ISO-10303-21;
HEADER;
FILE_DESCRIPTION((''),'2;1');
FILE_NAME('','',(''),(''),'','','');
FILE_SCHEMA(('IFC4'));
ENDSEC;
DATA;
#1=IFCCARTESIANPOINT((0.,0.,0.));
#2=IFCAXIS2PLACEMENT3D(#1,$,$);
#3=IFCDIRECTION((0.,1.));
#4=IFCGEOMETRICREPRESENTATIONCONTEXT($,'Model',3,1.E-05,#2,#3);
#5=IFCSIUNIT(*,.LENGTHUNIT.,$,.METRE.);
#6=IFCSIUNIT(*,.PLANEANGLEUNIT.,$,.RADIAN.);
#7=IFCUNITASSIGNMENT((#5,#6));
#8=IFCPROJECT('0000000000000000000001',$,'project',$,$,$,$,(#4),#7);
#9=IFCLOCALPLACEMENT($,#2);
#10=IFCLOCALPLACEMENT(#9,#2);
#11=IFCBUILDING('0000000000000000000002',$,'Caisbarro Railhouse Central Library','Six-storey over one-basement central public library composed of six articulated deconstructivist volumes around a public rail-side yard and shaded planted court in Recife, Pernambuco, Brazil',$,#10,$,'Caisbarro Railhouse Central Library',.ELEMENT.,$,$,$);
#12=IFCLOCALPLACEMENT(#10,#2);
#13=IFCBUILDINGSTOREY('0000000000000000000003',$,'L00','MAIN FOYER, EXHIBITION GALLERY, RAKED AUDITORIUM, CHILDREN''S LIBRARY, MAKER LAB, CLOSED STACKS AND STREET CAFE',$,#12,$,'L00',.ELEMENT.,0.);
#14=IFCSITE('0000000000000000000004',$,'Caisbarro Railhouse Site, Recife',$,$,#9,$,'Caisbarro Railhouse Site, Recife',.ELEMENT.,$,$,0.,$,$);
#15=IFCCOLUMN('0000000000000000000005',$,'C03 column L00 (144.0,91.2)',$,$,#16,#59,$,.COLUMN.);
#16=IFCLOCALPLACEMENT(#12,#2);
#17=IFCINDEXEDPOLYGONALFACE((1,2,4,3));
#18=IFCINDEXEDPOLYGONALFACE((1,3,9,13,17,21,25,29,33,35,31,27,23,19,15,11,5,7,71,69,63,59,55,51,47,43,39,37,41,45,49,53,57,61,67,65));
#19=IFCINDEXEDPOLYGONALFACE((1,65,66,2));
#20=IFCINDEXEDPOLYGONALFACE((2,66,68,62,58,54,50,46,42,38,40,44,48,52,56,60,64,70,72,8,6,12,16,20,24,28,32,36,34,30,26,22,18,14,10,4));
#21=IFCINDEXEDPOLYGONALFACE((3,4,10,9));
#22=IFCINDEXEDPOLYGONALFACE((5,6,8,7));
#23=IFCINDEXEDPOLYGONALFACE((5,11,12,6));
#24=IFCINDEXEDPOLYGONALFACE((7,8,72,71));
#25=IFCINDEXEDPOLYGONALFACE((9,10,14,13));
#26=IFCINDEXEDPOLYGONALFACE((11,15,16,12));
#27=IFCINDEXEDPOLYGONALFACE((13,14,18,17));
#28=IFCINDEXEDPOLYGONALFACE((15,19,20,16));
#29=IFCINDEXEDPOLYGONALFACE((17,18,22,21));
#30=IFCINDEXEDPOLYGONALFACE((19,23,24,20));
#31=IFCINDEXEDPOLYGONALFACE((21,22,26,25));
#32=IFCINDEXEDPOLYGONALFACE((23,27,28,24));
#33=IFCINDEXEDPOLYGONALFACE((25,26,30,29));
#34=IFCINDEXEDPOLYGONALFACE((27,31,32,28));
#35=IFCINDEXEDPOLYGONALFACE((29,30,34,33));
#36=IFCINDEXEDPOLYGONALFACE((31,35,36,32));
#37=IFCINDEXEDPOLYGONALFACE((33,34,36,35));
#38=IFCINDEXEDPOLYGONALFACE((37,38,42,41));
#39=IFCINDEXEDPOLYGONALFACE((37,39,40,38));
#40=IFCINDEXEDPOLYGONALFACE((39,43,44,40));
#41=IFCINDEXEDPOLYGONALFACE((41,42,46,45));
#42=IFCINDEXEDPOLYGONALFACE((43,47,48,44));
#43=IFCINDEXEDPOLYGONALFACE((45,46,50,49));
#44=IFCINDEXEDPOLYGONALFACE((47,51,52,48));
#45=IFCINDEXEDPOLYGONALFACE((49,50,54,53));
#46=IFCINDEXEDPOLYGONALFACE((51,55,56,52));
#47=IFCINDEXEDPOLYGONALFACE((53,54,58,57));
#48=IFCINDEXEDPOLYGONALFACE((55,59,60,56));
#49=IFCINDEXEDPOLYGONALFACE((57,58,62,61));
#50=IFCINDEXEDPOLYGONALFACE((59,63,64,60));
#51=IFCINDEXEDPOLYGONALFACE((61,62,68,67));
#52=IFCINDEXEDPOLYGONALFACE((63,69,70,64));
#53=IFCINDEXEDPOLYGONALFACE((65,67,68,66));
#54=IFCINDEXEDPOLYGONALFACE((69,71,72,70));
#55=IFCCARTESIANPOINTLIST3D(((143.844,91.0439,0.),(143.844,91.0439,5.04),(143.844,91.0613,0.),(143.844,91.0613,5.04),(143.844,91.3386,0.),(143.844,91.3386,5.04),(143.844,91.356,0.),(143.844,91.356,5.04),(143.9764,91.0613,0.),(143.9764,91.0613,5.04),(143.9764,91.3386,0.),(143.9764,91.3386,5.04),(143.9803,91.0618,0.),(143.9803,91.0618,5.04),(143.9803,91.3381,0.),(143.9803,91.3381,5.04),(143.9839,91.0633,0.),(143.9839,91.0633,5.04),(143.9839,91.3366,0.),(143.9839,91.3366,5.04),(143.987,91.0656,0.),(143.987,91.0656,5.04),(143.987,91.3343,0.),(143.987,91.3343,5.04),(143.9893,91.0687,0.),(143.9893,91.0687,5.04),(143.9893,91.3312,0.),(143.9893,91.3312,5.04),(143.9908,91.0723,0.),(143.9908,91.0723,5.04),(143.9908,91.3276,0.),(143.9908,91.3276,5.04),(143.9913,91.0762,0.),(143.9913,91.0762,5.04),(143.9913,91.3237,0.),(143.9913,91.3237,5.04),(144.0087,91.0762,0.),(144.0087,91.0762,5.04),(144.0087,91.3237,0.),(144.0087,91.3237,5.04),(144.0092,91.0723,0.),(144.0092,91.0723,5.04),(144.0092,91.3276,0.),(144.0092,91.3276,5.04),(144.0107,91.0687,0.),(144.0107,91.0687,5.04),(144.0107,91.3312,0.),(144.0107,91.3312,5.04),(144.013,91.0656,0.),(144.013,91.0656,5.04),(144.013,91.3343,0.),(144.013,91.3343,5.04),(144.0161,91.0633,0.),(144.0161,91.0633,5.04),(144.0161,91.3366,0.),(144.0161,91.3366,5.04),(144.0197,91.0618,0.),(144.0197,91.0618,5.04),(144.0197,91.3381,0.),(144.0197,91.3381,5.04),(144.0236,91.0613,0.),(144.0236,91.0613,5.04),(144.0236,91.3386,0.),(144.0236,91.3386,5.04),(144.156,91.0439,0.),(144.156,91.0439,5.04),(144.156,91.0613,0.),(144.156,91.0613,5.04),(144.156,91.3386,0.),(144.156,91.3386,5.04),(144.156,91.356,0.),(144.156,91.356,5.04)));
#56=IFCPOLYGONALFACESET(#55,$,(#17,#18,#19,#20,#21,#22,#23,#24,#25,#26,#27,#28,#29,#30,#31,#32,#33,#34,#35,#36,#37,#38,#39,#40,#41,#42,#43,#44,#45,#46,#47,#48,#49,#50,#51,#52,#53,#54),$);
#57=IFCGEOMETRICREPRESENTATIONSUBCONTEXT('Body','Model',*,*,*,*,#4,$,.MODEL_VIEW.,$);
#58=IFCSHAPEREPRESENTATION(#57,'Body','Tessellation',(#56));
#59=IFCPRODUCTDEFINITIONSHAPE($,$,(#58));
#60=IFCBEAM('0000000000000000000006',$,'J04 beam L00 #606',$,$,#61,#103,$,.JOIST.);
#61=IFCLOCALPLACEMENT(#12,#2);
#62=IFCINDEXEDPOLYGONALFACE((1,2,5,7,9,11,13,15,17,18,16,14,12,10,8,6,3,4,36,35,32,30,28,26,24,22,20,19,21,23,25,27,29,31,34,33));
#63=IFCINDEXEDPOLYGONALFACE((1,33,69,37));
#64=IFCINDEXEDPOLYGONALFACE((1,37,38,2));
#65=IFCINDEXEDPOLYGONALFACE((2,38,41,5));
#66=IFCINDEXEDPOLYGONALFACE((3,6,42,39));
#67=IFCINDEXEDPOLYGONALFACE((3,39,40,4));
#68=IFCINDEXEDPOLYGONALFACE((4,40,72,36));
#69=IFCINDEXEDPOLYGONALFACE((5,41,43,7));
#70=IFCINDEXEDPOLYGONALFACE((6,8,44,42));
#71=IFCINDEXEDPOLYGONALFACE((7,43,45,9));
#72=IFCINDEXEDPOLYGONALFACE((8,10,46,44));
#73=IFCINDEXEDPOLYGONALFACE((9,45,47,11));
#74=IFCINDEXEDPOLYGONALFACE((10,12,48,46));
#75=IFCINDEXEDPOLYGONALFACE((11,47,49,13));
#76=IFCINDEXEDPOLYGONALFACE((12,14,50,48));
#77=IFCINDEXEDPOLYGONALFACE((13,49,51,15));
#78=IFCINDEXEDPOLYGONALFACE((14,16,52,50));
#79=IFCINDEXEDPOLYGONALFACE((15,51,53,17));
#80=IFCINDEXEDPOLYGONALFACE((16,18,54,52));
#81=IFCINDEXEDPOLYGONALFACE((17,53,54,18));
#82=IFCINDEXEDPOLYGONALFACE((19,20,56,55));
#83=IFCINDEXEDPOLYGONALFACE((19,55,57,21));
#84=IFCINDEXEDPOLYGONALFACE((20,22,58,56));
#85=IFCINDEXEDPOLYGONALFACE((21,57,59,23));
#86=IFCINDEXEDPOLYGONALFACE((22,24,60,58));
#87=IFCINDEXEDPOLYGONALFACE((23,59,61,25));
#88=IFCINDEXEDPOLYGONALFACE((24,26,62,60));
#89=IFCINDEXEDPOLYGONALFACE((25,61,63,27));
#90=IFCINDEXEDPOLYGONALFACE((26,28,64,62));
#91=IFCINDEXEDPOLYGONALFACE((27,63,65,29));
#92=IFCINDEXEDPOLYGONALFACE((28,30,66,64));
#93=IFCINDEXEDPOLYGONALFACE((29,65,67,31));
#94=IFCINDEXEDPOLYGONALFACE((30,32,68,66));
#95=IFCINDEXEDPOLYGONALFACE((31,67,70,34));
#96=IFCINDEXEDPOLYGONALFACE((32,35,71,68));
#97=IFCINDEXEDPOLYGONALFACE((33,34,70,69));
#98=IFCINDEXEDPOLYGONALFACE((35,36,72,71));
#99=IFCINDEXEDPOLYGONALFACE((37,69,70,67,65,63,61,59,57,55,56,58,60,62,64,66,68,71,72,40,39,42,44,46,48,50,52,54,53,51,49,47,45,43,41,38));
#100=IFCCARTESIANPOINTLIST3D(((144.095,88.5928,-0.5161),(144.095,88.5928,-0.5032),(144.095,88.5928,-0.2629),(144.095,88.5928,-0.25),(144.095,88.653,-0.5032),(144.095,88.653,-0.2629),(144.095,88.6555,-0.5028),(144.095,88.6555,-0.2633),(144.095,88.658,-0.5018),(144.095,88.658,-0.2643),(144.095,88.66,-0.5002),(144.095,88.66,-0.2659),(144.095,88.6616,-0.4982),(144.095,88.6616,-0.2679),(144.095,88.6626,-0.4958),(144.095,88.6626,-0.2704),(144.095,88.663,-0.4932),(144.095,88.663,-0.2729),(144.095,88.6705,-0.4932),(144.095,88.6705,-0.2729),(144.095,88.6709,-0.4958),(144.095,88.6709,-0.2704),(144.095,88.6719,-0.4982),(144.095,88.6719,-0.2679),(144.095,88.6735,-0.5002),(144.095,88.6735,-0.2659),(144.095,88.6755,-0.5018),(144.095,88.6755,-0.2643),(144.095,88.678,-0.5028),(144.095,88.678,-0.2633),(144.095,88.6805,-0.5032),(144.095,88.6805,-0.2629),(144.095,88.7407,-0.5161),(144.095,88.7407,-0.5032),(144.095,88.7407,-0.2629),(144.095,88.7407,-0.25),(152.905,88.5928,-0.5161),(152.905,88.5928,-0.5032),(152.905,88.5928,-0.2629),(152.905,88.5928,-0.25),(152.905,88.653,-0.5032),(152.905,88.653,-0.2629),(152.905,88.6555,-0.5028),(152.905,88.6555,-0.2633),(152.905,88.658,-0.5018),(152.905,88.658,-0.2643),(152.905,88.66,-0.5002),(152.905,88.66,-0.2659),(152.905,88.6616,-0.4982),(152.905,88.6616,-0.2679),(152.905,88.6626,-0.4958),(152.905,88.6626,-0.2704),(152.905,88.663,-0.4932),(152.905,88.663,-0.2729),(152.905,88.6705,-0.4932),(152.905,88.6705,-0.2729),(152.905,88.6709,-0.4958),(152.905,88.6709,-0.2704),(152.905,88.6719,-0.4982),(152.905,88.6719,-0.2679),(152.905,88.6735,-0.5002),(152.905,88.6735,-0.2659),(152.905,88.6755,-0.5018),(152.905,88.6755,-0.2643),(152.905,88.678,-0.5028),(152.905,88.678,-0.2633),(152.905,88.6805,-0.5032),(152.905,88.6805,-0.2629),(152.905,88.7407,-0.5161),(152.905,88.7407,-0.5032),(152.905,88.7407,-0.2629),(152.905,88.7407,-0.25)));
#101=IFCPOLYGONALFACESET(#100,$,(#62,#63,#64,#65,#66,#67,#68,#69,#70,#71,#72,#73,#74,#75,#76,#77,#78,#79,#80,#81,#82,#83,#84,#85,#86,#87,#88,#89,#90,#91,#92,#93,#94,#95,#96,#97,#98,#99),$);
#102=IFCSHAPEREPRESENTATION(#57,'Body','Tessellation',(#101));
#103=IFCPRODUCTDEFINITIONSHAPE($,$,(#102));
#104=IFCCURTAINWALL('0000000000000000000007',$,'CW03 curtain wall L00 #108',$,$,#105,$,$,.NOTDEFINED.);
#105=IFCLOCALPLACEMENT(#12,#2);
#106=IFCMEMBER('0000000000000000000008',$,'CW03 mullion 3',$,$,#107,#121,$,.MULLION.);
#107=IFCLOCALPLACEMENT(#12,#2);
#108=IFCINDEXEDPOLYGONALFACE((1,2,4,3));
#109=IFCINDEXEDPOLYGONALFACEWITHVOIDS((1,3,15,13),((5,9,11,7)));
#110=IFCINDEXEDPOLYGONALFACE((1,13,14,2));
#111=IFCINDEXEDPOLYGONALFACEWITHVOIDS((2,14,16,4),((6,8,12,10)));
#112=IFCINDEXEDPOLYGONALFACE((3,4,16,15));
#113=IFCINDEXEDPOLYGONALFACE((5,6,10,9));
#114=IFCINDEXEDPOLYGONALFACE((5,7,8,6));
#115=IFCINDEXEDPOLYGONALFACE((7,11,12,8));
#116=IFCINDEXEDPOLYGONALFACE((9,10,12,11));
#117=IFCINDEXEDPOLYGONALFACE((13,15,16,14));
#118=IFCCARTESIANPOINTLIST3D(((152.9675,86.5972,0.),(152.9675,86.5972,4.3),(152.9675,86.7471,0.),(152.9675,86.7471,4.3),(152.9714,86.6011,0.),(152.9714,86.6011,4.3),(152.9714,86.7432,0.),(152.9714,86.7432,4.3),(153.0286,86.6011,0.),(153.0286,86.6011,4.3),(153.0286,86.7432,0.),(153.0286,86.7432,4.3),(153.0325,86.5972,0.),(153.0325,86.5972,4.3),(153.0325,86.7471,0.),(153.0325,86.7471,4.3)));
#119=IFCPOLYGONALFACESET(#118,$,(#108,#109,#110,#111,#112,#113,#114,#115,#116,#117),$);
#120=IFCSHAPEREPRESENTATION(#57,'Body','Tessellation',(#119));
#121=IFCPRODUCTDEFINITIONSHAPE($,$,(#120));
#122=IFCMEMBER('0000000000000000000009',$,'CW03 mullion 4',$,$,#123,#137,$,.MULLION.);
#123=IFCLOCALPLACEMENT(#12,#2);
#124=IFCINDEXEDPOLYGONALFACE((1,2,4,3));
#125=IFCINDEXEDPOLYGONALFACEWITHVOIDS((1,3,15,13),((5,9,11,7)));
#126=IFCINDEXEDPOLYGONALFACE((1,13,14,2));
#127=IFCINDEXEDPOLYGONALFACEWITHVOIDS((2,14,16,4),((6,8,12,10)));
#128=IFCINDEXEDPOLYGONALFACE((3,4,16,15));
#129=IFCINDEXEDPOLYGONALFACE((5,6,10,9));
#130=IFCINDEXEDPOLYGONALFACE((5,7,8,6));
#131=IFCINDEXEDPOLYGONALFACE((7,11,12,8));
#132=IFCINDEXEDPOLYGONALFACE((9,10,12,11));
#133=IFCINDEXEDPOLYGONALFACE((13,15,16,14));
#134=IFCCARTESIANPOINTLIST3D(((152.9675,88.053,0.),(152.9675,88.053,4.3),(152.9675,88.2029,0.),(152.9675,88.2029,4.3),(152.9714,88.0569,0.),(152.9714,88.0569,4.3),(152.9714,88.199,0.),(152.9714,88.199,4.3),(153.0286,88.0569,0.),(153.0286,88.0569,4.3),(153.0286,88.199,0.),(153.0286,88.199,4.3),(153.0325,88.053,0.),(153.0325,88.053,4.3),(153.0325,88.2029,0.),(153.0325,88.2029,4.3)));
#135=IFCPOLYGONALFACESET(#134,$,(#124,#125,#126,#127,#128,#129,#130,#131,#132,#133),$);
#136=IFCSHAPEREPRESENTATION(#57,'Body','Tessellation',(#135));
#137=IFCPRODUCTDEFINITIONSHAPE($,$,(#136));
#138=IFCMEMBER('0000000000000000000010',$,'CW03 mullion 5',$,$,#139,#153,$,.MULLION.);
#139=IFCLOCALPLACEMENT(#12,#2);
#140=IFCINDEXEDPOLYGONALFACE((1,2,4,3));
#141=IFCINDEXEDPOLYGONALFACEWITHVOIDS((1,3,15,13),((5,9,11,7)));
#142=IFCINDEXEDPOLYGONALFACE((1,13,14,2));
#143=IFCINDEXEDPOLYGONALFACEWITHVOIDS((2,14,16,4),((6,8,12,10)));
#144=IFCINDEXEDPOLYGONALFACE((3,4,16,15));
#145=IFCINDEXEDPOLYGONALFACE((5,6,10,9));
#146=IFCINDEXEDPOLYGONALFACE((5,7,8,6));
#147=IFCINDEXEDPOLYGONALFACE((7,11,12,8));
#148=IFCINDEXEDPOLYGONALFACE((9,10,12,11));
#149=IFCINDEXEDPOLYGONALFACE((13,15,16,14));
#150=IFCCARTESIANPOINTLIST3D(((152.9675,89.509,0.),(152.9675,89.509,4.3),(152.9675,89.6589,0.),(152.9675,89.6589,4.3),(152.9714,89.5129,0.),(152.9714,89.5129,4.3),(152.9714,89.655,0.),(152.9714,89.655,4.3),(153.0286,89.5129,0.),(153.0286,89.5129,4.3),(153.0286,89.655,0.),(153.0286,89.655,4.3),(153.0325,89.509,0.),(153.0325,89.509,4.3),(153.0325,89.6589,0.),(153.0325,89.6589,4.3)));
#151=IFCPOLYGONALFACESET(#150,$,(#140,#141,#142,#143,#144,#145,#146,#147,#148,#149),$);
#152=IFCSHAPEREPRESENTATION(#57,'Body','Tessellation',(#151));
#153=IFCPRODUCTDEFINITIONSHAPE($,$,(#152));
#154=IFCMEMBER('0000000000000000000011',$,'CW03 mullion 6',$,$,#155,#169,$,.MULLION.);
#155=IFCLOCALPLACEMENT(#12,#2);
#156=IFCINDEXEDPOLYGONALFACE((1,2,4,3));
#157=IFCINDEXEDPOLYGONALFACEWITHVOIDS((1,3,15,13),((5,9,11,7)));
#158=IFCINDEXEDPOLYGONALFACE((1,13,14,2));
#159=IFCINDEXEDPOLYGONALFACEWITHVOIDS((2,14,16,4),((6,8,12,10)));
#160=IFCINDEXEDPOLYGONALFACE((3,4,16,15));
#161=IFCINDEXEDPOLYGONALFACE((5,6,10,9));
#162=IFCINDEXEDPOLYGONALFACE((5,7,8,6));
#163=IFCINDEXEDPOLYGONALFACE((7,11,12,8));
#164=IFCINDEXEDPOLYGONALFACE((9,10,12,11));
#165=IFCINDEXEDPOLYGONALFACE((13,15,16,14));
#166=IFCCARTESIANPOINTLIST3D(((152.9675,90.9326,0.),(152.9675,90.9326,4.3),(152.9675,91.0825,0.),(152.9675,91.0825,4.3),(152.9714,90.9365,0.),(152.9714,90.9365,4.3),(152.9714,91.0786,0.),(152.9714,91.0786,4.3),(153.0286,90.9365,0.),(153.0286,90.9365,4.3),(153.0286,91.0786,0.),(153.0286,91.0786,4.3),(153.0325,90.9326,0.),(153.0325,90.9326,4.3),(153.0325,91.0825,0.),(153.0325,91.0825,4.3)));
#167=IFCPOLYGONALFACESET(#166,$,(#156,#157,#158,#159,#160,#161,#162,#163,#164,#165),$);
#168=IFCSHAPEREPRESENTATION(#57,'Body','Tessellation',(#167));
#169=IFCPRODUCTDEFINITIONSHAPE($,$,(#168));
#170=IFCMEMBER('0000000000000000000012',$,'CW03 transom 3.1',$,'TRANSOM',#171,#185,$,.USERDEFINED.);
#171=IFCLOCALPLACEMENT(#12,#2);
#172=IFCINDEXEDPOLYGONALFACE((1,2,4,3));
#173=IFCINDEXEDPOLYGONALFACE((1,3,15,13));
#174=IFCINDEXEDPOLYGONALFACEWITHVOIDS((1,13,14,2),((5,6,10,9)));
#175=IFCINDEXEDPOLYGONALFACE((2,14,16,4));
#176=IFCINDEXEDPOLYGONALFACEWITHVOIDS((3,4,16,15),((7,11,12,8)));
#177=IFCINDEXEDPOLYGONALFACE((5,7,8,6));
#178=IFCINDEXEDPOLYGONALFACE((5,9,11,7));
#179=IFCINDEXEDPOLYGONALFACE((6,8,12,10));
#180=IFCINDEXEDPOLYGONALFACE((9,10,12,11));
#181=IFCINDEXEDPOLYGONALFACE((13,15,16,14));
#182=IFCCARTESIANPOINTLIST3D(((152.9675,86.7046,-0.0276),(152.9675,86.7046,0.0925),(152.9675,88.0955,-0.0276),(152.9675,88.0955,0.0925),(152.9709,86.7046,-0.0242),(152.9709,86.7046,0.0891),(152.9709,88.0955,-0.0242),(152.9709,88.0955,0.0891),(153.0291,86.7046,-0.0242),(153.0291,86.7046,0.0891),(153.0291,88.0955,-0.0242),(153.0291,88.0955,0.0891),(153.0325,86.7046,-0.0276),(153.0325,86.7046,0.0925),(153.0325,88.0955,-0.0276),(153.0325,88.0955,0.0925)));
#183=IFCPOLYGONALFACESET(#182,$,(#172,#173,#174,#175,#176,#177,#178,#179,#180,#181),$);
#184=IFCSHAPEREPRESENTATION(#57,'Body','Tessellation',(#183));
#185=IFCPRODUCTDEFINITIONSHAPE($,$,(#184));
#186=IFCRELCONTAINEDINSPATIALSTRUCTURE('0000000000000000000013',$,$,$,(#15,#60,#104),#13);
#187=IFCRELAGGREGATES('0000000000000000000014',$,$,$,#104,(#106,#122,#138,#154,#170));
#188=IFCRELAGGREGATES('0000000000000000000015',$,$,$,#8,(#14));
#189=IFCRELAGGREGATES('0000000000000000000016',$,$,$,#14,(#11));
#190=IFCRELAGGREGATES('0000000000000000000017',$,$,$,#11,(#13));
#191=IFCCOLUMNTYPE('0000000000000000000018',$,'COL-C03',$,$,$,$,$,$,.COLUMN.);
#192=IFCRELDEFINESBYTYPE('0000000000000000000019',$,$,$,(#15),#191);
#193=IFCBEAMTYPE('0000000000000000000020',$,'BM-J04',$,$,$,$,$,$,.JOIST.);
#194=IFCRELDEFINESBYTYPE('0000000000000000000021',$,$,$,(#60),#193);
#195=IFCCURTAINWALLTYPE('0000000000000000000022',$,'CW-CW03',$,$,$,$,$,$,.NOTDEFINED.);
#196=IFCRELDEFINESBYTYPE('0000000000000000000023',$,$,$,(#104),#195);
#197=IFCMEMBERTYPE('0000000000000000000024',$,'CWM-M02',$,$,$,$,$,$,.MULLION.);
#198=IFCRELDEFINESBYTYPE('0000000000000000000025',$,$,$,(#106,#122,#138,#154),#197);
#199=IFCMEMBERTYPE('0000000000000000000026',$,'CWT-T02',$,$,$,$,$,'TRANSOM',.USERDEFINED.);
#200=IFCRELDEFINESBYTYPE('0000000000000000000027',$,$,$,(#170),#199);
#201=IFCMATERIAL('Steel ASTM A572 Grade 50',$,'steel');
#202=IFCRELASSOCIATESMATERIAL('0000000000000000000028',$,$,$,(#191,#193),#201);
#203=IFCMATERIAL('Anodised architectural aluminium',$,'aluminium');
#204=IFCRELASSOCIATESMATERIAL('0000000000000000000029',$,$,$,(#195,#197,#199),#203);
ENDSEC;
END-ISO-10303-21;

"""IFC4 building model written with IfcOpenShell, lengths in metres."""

from ifc_helpers import new_model, si_unit, direction, frame, origin, origin_2d, place, context, subcontext, project, spatial, hollow_rectangle, i_section, extrude, material, material_profile, profile_set, type_object, element, aggregate, save


model = new_model("IFC4")

# Units and contexts
model_context = context("Model", 3, precision=1e-05, world=origin(), true_north=direction((0.0, 1.0)))
body_context = subcontext(model_context, "Body", "Model", "MODEL_VIEW")
ifc_project = project(units=[si_unit("LENGTHUNIT", "METRE"), si_unit("PLANEANGLEUNIT", "RADIAN")], contexts=[model_context])

# Site, building, storey
site_placement = place(None, origin())
site = spatial("IfcSite", under=ifc_project, at=site_placement, Name="Caisbarro Railhouse Site, Recife", LongName="Caisbarro Railhouse Site, Recife", CompositionType="ELEMENT", RefElevation=0.0)
building_placement = place(site_placement, origin())
building = spatial("IfcBuilding", under=site, at=building_placement, Name="Caisbarro Railhouse Central Library", Description="Six-storey over one-basement central public library composed of six articulated deconstructivist volumes around a public rail-side yard and shaded planted court in Recife, Pernambuco, Brazil", LongName="Caisbarro Railhouse Central Library", CompositionType="ELEMENT")
storey_placement = place(building_placement, origin())
storey = spatial("IfcBuildingStorey", under=building, at=storey_placement, Name="L00", Description="MAIN FOYER, EXHIBITION GALLERY, RAKED AUDITORIUM, CHILDREN'S LIBRARY, MAKER LAB, CLOSED STACKS AND STREET CAFE", LongName="L00", CompositionType="ELEMENT", Elevation=0.0)

# Column
ifc_material_1 = material(Name="Steel ASTM A572 Grade 50", Category="steel")
ifc_material_profile_1 = material_profile(ifc_material_1, i_section(OverallWidth=0.312, OverallDepth=0.312, WebThickness=0.0173, FlangeThickness=0.0173, FilletRadius=0.0149, at=origin_2d()), Name="HP310X125.0")
ifc_profile_set_1 = profile_set([ifc_material_profile_1], Name="Steel ASTM A572 Grade 50")
column_type = type_object("IfcColumnType", Name="COL-C03", PredefinedType="COLUMN", material=ifc_profile_set_1)
column_placement = place(storey_placement, frame((144.0, 91.2, 0.0), z_axis=(0.0, 0.0, 1.0), x_axis=(1.0, 0.0, 0.0)))
element("IfcColumn", 1, at=column_placement, inside=storey, type_object=column_type, Name="C03 column L00 (144.0,91.2)", PredefinedType="COLUMN", context=body_context, shape_type="SweptSolid", body=[
    extrude(i_section(OverallWidth=0.312, OverallDepth=0.312, WebThickness=0.0173, FlangeThickness=0.0173, FilletRadius=0.0149, at=origin_2d()), origin(), (0.0, 0.0, 1.0), 5.04),
])

# Beam
ifc_material_profile_2 = material_profile(ifc_material_1, i_section(OverallWidth=0.1479, OverallDepth=0.2661, WebThickness=0.0076, FlangeThickness=0.0129, FilletRadius=0.01, at=origin_2d()), Name="W250X44.8")
ifc_profile_set_2 = profile_set([ifc_material_profile_2], Name="Steel ASTM A572 Grade 50")
beam_type = type_object("IfcBeamType", Name="BM-J04", PredefinedType="JOIST", material=ifc_profile_set_2)
beam_placement = place(storey_placement, frame((144.095, 88.6667, -0.3831), z_axis=(1.0, 0.0, 0.0), x_axis=(0.0, 1.0, 0.0)))
element("IfcBeam", 2, at=beam_placement, inside=storey, type_object=beam_type, Name="J04 beam L00 #606", PredefinedType="JOIST", context=body_context, shape_type="SweptSolid", body=[
    extrude(i_section(OverallWidth=0.1479, OverallDepth=0.2661, WebThickness=0.0076, FlangeThickness=0.0129, FilletRadius=0.01, at=origin_2d()), origin(), (0.0, 0.0, 1.0), 8.8101),
])

# Curtain wall, members
ifc_material_2 = material(Name="Anodised architectural aluminium", Category="aluminium")
curtain_wall_type = type_object("IfcCurtainWallType", Name="CW-CW03", PredefinedType="NOTDEFINED", material=ifc_material_2)
curtain_wall_placement = place(storey_placement, origin())
curtain_wall = element("IfcCurtainWall", 3, at=curtain_wall_placement, inside=storey, type_object=curtain_wall_type, Name="CW03 curtain wall L00 #108", PredefinedType="NOTDEFINED")
ifc_material_profile_3 = material_profile(ifc_material_2, hollow_rectangle(XDim=0.0649, YDim=0.1499, WallThickness=0.0039, at=origin_2d()), Name="ALU-MUL-65X150")
ifc_profile_set_3 = profile_set([ifc_material_profile_3], Name="Anodised architectural aluminium")
member_type_1 = type_object("IfcMemberType", Name="CWM-M02", PredefinedType="MULLION", material=ifc_profile_set_3)
member_1_placement = place(storey_placement, frame((153.0, 86.6721, 0.0), z_axis=(0.0, 0.0, 1.0), x_axis=(-1.0, 0.0, 0.0)))
member_1 = element("IfcMember", 4, at=member_1_placement, type_object=member_type_1, Name="CW03 mullion 3", PredefinedType="MULLION", context=body_context, shape_type="SweptSolid", body=[
    extrude(hollow_rectangle(XDim=0.0649, YDim=0.1499, WallThickness=0.0039, at=origin_2d()), origin(), (0.0, 0.0, 1.0), 4.3),
])
member_2_placement = place(storey_placement, frame((153.0, 88.1279, 0.0), z_axis=(0.0, 0.0, 1.0), x_axis=(-1.0, 0.0, 0.0)))
member_2 = element("IfcMember", 5, at=member_2_placement, type_object=member_type_1, Name="CW03 mullion 4", PredefinedType="MULLION", context=body_context, shape_type="SweptSolid", body=[
    extrude(hollow_rectangle(XDim=0.0649, YDim=0.1499, WallThickness=0.0039, at=origin_2d()), origin(), (0.0, 0.0, 1.0), 4.3),
])
member_3_placement = place(storey_placement, frame((153.0, 89.584, 0.0), z_axis=(0.0, 0.0, 1.0), x_axis=(-1.0, 0.0, 0.0)))
member_3 = element("IfcMember", 6, at=member_3_placement, type_object=member_type_1, Name="CW03 mullion 5", PredefinedType="MULLION", context=body_context, shape_type="SweptSolid", body=[
    extrude(hollow_rectangle(XDim=0.0649, YDim=0.1499, WallThickness=0.0039, at=origin_2d()), origin(), (0.0, 0.0, 1.0), 4.3),
])
member_4_placement = place(storey_placement, frame((153.0, 91.0076, 0.0), z_axis=(0.0, 0.0, 1.0), x_axis=(-1.0, 0.0, 0.0)))
member_4 = element("IfcMember", 7, at=member_4_placement, type_object=member_type_1, Name="CW03 mullion 6", PredefinedType="MULLION", context=body_context, shape_type="SweptSolid", body=[
    extrude(hollow_rectangle(XDim=0.0649, YDim=0.1499, WallThickness=0.0039, at=origin_2d()), origin(), (0.0, 0.0, 1.0), 4.3),
])
ifc_material_profile_4 = material_profile(ifc_material_2, hollow_rectangle(XDim=0.0649, YDim=0.1201, WallThickness=0.0034, at=origin_2d()), Name="ALU-TRN-65X120")
ifc_profile_set_4 = profile_set([ifc_material_profile_4], Name="Anodised architectural aluminium")
member_type_2 = type_object("IfcMemberType", Name="CWT-T02", ElementType="TRANSOM", PredefinedType="USERDEFINED", material=ifc_profile_set_4)
member_5_placement = place(storey_placement, frame((153.0, 86.7046, 0.0325), z_axis=(0.0, 1.0, 0.0), x_axis=(-1.0, 0.0, 0.0)))
member_5 = element("IfcMember", 8, at=member_5_placement, type_object=member_type_2, Name="CW03 transom 3.1", ObjectType="TRANSOM", PredefinedType="USERDEFINED", context=body_context, shape_type="SweptSolid", body=[
    extrude(hollow_rectangle(XDim=0.0649, YDim=0.1201, WallThickness=0.0034, at=origin_2d()), origin(), (0.0, 0.0, 1.0), 1.3909),
])
aggregate(curtain_wall, [member_1, member_2, member_3, member_4, member_5])

save(model, "model.ifc")
